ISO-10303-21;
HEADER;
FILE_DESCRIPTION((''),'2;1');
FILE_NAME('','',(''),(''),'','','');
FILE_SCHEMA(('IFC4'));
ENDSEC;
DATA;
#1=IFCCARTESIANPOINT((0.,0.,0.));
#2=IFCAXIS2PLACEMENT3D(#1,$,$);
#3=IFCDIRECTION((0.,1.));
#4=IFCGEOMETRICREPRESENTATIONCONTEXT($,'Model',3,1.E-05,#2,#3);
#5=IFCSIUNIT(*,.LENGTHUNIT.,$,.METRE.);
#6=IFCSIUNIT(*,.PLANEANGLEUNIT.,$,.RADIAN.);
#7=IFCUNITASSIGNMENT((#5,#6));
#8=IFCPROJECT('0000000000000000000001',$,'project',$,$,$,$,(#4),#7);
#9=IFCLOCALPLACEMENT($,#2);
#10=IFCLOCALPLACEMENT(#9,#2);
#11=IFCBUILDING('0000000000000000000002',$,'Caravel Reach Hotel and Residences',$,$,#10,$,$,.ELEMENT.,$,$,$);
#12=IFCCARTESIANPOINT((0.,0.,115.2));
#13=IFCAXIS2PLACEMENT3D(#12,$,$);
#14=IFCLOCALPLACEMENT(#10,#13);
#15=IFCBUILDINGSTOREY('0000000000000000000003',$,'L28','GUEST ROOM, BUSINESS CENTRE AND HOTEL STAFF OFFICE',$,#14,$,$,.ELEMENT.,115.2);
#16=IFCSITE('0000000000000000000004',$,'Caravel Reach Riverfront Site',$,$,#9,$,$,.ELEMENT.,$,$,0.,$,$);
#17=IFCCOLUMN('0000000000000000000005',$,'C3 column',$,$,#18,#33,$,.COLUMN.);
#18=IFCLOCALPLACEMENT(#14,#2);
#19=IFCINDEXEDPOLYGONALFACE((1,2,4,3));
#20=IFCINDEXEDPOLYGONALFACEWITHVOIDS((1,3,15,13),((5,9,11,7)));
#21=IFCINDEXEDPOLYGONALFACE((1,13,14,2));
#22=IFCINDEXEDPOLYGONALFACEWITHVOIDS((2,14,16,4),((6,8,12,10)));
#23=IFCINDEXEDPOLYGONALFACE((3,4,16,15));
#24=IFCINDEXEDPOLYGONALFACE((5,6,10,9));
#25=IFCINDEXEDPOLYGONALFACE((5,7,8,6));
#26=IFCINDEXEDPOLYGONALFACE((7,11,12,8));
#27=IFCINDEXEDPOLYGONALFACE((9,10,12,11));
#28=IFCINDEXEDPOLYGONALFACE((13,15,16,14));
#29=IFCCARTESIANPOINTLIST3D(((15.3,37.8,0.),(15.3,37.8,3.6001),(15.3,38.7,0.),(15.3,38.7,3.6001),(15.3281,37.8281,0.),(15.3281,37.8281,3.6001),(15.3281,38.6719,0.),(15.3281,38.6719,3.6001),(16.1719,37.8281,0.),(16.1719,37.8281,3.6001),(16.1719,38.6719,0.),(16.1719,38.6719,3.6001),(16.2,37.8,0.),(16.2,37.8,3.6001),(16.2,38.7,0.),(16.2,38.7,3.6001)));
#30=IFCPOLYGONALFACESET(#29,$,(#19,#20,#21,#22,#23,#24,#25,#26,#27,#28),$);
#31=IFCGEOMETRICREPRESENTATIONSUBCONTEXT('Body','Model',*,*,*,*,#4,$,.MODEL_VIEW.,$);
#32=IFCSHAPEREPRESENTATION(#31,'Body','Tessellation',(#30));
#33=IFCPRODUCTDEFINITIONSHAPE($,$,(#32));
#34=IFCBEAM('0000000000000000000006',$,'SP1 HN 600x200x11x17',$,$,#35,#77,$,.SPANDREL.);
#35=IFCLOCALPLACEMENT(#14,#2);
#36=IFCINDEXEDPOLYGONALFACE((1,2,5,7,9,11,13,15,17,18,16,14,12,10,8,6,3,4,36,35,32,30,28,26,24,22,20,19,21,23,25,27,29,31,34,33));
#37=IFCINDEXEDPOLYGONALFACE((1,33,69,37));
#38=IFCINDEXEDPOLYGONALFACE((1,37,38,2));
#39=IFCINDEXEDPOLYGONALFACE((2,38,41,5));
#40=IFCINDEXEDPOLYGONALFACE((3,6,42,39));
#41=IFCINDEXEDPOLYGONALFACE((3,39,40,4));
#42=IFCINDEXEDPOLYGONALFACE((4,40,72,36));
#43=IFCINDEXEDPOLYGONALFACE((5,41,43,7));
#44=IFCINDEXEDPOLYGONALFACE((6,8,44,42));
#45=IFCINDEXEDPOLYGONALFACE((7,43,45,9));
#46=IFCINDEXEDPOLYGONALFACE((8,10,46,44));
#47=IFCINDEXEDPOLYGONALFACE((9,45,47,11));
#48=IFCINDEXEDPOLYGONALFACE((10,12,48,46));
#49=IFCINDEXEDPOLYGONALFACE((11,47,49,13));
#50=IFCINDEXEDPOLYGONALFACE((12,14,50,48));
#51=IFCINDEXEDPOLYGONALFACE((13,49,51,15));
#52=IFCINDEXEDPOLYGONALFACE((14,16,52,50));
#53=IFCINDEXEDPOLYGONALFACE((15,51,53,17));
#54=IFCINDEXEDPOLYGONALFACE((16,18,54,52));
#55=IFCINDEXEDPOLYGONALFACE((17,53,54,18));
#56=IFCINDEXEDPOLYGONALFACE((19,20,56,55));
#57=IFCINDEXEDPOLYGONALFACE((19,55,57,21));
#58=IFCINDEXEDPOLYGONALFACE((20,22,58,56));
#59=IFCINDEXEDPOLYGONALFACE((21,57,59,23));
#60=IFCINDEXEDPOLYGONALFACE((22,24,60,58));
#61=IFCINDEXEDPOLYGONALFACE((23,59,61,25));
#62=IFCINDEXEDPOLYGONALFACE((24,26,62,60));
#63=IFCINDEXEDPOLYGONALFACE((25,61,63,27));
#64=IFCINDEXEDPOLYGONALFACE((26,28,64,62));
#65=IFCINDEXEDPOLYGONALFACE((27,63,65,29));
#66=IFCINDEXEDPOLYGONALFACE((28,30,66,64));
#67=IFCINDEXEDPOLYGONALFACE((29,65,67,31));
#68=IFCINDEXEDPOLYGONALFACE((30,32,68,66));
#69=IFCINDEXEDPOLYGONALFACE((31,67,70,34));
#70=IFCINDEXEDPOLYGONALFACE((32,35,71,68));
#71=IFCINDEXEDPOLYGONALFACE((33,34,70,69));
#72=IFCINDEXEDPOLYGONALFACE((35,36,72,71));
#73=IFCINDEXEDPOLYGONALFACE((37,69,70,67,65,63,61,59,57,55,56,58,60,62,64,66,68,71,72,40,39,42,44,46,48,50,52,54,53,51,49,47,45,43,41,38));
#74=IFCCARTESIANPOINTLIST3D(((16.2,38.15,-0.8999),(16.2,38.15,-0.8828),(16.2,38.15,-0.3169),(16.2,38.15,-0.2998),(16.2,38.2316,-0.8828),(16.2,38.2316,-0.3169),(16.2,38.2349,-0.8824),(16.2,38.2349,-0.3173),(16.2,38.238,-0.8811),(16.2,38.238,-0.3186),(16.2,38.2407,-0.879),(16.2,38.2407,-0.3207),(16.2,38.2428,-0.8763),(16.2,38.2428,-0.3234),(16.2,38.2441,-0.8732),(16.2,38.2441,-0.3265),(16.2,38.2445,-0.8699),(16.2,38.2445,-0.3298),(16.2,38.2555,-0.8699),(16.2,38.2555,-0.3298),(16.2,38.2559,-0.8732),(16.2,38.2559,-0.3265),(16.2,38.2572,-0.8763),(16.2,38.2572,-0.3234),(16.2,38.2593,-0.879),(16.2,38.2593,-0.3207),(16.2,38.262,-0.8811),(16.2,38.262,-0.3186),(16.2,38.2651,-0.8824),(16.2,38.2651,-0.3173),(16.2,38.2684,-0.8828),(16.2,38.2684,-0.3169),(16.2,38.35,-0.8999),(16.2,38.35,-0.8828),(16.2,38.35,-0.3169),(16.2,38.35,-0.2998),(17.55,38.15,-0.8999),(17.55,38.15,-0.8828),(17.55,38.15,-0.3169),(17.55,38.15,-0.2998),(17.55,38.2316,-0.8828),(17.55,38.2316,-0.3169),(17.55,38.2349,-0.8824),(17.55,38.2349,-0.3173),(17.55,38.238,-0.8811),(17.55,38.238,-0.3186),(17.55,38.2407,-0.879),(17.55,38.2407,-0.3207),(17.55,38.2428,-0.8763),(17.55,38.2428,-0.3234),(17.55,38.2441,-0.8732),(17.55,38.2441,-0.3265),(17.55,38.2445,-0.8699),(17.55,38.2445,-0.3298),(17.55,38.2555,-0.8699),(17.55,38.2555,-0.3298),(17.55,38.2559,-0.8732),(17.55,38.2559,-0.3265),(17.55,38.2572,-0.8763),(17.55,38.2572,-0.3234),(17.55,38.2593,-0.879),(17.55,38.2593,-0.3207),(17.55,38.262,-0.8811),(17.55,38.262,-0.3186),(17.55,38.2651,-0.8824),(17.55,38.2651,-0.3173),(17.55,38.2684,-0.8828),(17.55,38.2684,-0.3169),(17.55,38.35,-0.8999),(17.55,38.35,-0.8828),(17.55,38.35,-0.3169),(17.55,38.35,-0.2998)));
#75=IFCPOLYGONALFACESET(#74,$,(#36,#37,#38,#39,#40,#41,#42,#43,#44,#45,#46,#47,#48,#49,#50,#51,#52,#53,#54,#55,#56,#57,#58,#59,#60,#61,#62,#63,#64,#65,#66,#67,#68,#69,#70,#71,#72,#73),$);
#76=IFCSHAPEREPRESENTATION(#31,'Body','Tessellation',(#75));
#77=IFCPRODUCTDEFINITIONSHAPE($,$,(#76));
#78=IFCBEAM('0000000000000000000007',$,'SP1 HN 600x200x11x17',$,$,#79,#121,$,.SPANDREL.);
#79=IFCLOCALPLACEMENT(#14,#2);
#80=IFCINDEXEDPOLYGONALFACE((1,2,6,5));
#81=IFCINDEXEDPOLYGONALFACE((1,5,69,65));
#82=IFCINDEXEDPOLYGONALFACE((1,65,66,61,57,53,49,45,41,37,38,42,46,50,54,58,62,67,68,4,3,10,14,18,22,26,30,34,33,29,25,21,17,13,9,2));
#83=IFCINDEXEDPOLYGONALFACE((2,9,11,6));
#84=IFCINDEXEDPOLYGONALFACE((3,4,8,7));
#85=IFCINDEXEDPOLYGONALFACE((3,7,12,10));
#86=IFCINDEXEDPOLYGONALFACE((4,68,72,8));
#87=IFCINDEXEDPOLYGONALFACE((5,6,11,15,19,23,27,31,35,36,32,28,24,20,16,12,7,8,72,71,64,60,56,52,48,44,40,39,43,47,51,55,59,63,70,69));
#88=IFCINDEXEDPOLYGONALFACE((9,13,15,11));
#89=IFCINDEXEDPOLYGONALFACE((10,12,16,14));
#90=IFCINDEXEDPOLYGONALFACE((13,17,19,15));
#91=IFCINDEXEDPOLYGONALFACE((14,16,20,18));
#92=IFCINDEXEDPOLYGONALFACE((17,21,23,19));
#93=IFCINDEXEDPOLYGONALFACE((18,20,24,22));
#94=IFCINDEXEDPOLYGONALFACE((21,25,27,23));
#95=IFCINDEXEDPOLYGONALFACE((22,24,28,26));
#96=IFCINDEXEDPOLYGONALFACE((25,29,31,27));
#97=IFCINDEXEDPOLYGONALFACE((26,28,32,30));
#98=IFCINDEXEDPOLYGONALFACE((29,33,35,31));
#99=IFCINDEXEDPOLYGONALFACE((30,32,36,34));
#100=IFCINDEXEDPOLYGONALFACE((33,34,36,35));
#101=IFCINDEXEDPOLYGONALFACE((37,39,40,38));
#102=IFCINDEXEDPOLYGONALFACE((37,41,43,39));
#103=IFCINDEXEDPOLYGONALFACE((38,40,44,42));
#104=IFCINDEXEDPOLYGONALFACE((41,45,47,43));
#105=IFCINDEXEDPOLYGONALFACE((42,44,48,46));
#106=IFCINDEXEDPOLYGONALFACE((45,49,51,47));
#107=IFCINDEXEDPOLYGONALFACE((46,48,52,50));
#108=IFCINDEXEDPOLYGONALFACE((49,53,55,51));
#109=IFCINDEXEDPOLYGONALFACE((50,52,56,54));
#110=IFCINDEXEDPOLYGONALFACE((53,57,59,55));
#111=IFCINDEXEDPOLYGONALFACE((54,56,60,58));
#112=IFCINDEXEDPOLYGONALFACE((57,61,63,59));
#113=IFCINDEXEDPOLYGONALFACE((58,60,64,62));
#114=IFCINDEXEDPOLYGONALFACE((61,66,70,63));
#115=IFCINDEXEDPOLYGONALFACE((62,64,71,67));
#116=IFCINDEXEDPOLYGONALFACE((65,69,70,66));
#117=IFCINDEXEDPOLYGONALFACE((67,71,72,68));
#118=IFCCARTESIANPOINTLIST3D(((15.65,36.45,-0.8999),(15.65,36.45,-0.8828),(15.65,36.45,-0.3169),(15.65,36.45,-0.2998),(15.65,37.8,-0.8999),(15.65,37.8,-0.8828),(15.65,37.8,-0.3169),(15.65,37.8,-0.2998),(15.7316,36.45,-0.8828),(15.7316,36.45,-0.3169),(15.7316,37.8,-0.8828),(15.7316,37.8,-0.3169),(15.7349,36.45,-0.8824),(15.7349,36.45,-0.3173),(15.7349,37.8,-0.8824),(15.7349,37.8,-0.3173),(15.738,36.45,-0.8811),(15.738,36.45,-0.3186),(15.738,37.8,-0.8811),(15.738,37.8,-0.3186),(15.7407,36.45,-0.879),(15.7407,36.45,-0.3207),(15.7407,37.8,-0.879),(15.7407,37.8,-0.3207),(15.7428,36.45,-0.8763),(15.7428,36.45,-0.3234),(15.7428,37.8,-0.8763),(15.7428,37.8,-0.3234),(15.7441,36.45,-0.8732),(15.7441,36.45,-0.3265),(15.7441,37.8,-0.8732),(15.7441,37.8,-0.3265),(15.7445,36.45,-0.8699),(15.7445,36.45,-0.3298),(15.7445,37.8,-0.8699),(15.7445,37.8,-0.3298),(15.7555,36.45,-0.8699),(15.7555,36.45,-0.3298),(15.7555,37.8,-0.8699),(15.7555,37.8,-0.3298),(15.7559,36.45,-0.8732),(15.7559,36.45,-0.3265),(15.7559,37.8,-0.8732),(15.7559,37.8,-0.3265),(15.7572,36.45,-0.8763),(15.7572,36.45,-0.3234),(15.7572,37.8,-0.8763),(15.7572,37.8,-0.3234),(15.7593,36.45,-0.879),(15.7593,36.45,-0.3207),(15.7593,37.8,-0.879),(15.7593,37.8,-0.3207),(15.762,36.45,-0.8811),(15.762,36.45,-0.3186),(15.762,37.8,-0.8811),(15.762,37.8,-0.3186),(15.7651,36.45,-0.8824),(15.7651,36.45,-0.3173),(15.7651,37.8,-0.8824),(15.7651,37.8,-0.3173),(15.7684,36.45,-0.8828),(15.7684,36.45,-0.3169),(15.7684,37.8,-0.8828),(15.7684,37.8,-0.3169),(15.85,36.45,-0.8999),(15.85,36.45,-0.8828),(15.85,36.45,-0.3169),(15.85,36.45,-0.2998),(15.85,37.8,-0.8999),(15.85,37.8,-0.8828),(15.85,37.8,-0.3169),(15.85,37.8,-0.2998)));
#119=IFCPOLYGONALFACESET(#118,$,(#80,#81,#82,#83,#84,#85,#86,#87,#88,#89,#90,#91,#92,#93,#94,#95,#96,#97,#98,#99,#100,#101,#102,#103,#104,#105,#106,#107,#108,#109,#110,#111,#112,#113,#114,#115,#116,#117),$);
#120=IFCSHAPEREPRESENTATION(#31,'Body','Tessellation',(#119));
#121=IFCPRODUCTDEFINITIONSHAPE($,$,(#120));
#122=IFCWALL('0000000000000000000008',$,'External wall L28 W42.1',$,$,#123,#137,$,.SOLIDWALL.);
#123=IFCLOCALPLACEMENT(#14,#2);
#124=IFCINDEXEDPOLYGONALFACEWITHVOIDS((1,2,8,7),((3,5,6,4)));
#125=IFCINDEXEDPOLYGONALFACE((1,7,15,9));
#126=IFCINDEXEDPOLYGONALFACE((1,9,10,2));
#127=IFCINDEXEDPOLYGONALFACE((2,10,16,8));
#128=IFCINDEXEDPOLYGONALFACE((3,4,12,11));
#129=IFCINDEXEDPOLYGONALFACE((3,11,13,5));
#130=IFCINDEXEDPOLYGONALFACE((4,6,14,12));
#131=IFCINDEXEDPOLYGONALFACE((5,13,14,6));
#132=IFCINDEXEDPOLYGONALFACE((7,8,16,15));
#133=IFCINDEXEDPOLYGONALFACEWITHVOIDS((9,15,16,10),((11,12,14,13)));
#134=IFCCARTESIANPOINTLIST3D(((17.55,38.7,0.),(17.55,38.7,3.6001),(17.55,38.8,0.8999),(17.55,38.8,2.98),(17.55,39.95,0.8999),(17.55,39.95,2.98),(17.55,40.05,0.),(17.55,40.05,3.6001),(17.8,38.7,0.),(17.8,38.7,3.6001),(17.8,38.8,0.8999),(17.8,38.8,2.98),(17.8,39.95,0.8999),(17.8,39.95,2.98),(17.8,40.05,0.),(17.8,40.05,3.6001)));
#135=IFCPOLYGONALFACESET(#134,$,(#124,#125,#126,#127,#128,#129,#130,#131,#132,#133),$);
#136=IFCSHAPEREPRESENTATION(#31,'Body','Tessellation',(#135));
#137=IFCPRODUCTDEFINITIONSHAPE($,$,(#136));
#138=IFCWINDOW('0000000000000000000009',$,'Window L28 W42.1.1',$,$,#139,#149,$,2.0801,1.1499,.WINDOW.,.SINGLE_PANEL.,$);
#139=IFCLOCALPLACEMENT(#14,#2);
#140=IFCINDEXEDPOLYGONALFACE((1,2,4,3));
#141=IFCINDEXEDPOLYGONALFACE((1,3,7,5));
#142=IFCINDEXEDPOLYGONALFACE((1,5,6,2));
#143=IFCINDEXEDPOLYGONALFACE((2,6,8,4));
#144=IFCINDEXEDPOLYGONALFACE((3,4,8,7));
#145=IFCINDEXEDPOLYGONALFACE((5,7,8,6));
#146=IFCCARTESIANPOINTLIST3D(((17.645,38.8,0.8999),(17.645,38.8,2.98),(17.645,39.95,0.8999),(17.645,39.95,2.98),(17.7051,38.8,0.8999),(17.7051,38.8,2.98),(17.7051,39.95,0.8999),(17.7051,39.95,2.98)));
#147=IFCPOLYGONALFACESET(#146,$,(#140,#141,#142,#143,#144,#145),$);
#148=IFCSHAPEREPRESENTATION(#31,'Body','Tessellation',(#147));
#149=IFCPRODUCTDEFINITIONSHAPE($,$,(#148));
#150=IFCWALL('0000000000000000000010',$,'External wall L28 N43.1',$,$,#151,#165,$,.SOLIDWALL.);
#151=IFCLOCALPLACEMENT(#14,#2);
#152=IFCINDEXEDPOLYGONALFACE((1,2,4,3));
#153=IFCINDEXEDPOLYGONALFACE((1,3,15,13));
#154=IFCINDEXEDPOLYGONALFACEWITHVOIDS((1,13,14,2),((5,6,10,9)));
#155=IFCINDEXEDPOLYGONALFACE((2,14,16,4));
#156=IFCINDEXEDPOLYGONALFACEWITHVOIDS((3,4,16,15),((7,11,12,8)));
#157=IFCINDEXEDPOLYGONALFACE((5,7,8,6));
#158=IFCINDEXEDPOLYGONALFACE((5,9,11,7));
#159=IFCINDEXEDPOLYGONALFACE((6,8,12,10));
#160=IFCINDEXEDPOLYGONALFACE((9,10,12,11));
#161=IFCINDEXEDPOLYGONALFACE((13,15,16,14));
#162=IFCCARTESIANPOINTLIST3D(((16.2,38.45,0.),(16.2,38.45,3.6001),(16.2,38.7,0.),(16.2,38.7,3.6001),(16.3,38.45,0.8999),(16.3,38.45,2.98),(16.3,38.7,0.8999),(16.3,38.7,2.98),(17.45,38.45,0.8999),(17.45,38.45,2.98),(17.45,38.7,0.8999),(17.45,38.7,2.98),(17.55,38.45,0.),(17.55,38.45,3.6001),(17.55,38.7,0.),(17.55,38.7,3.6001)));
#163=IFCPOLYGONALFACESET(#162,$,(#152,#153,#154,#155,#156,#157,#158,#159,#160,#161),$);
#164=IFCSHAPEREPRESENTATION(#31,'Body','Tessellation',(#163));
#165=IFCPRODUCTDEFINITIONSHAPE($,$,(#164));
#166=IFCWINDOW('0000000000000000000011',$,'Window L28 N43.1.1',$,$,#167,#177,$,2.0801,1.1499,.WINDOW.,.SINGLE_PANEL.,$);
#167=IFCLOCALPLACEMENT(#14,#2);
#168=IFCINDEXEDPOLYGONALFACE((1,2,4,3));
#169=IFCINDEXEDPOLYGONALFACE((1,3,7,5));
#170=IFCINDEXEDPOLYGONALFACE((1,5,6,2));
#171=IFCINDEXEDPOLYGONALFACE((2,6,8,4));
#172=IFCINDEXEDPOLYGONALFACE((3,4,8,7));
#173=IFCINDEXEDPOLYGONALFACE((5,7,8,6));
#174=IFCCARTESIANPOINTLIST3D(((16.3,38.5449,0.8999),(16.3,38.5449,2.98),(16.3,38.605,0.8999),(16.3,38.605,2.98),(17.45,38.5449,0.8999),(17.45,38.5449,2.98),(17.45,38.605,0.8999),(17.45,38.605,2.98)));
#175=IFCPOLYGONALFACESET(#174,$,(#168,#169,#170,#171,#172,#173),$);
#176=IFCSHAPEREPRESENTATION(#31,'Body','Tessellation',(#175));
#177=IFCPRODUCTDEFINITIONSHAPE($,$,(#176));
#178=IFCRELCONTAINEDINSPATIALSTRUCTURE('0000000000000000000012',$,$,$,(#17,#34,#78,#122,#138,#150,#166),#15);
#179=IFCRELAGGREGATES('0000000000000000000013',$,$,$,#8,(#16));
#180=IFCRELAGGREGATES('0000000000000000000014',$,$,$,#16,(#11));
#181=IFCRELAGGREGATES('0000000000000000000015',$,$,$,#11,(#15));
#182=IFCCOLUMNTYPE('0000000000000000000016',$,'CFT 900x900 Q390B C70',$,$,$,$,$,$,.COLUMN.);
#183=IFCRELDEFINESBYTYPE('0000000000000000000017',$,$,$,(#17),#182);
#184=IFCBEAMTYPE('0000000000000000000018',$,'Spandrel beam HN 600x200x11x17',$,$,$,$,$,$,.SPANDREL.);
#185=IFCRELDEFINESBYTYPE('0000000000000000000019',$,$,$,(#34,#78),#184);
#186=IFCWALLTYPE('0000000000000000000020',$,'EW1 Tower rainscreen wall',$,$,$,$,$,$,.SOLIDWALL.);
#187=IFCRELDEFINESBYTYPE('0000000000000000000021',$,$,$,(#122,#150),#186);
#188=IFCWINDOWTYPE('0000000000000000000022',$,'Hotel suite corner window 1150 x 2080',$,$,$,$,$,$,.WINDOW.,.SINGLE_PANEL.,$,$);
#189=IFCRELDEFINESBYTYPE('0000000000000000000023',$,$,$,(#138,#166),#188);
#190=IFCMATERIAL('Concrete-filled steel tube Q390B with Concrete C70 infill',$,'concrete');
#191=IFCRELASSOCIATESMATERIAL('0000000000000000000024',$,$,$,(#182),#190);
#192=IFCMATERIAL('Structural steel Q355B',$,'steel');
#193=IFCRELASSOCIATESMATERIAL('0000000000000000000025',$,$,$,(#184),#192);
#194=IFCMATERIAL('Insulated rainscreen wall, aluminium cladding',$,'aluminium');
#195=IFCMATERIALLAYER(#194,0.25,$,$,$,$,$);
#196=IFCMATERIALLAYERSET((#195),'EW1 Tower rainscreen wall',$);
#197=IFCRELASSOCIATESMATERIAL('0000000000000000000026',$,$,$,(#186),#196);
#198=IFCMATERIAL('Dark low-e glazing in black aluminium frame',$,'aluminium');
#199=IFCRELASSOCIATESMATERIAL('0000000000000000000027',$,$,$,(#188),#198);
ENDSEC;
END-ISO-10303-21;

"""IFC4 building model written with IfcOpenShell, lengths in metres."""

from ifc_helpers import new_model, si_unit, direction, frame, frame_2d, origin, origin_2d, place, context, subcontext, project, spatial, rectangle, hollow_rectangle, i_section, extrude, material, layer, layer_set, material_profile, profile_set, type_object, element, fill, save


model = new_model("IFC4")

# Units and contexts
model_context = context("Model", 3, precision=1e-05, world=origin(), true_north=direction((0.0, 1.0)))
body_context = subcontext(model_context, "Body", "Model", "MODEL_VIEW")
ifc_project = project(units=[si_unit("LENGTHUNIT", "METRE"), si_unit("PLANEANGLEUNIT", "RADIAN")], contexts=[model_context])

# Site, building, storey
site_placement = place(None, origin())
site = spatial("IfcSite", under=ifc_project, at=site_placement, Name="Caravel Reach Riverfront Site", CompositionType="ELEMENT", RefElevation=0.0)
building_placement = place(site_placement, origin())
building = spatial("IfcBuilding", under=site, at=building_placement, Name="Caravel Reach Hotel and Residences", CompositionType="ELEMENT")
storey_placement = place(building_placement, frame((0.0, 0.0, 115.2)))
storey = spatial("IfcBuildingStorey", under=building, at=storey_placement, Name="L28", Description="GUEST ROOM, BUSINESS CENTRE AND HOTEL STAFF OFFICE", CompositionType="ELEMENT", Elevation=115.2)

# Column
ifc_material_1 = material(Name="Concrete-filled steel tube Q390B with Concrete C70 infill", Category="concrete")
ifc_material_profile_1 = material_profile(ifc_material_1, hollow_rectangle(XDim=0.8999, YDim=0.8999, WallThickness=0.0281, at=origin_2d()), Name="RHS 900x900x28")
ifc_profile_set_1 = profile_set([ifc_material_profile_1], Name="Concrete-filled steel tube Q390B with Concrete C70 infill")
column_type = type_object("IfcColumnType", Name="CFT 900x900 Q390B C70", PredefinedType="COLUMN", material=ifc_profile_set_1)
column_placement = place(storey_placement, frame((15.75, 38.25, 0.0), z_axis=(0.0, 0.0, 1.0), x_axis=(1.0, 0.0, 0.0)))
element("IfcColumn", 1, at=column_placement, inside=storey, type_object=column_type, Name="C3 column", PredefinedType="COLUMN", context=body_context, shape_type="SweptSolid", body=[
    extrude(hollow_rectangle(XDim=0.8999, YDim=0.8999, WallThickness=0.0281, at=origin_2d()), origin(), (0.0, 0.0, 1.0), 3.6001),
])

# Beams
ifc_material_2 = material(Name="Structural steel Q355B", Category="steel")
ifc_material_profile_2 = material_profile(ifc_material_2, i_section(OverallWidth=0.2, OverallDepth=0.6001, WebThickness=0.011, FlangeThickness=0.0171, FilletRadius=0.0129, at=origin_2d()), Name="HN 600x200x11x17")
ifc_profile_set_2 = profile_set([ifc_material_profile_2], Name="Structural steel Q355B")
beam_type = type_object("IfcBeamType", Name="Spandrel beam HN 600x200x11x17", PredefinedType="SPANDREL", material=ifc_profile_set_2)
for number, where, z_axis, x_axis, name in (
    (2, (17.55, 38.25, -0.5999), (-1.0, 0.0, 0.0), (0.0, -1.0, 0.0), "SP1 HN 600x200x11x17"),
    (3, (15.75, 37.8, -0.5999), (0.0, -1.0, 0.0), (1.0, 0.0, 0.0), "SP1 HN 600x200x11x17"),
):
    element("IfcBeam", number, at=place(storey_placement, frame(where, z_axis=z_axis, x_axis=x_axis)), inside=storey, type_object=beam_type, Name=name, PredefinedType="SPANDREL", context=body_context, shape_type="SweptSolid", body=[
        extrude(i_section(OverallWidth=0.2, OverallDepth=0.6001, WebThickness=0.011, FlangeThickness=0.0171, FilletRadius=0.0129, at=origin_2d()), origin(), (0.0, 0.0, 1.0), 1.3501),
    ])

# Walls, openings, windows
ifc_material_3 = material(Name="Insulated rainscreen wall, aluminium cladding", Category="aluminium")
ifc_layer = layer(ifc_material_3, 0.25)
ifc_layer_set = layer_set([ifc_layer], Name="EW1 Tower rainscreen wall")
wall_type = type_object("IfcWallType", Name="EW1 Tower rainscreen wall", PredefinedType="SOLIDWALL", material=ifc_layer_set)
wall_1_placement = place(storey_placement, frame((17.675, 40.05, 0.0), z_axis=(0.0, 0.0, 1.0), x_axis=(0.0, -1.0, 0.0)))
wall_1 = element("IfcWall", 4, at=wall_1_placement, inside=storey, type_object=wall_type, Name="External wall L28 W42.1", PredefinedType="SOLIDWALL", context=body_context, shape_type="SweptSolid", body=[
    extrude(rectangle(XDim=1.3501, YDim=0.25, at=frame_2d((0.675, 0.0))), origin(), (0.0, 0.0, 1.0), 3.6001),
])
opening_1_placement = place(wall_1_placement, frame((0.1001, 0.0, 0.8999)))
opening_1 = element("IfcOpeningElement", 5, at=opening_1_placement, cuts=wall_1, PredefinedType="OPENING", context=body_context, shape_type="SweptSolid", body=[
    extrude(rectangle(XDim=1.1499, YDim=2.0801, at=frame_2d((0.575, 1.04))), frame((0.0, 0.135, 0.0), z_axis=(0.0, -1.0, 0.0), x_axis=(1.0, 0.0, 0.0)), (0.0, 0.0, 1.0), 0.27),
])
ifc_material_4 = material(Name="Dark low-e glazing in black aluminium frame", Category="aluminium")
window_type_1 = type_object("IfcWindowType", Name="Hotel suite corner window 1150 x 2080", PartitioningType="SINGLE_PANEL", PredefinedType="WINDOW", material=ifc_material_4)
window_1_placement = place(opening_1_placement, origin())
window_1 = element("IfcWindow", 6, at=window_1_placement, inside=storey, type_object=window_type_1, Name="Window L28 W42.1.1", OverallHeight=2.0801, OverallWidth=1.1499, PartitioningType="SINGLE_PANEL", PredefinedType="WINDOW", context=body_context, shape_type="SweptSolid", body=[
    extrude(rectangle(XDim=1.1499, YDim=2.0801, at=frame_2d((0.575, 1.04))), frame((0.0, 0.03, 0.0), z_axis=(0.0, -1.0, 0.0), x_axis=(1.0, 0.0, 0.0)), (0.0, 0.0, 1.0), 0.0601),
])
fill(opening_1, window_1)
wall_2_placement = place(storey_placement, frame((17.55, 38.575, 0.0), z_axis=(0.0, 0.0, 1.0), x_axis=(-1.0, 0.0, 0.0)))
wall_2 = element("IfcWall", 7, at=wall_2_placement, inside=storey, type_object=wall_type, Name="External wall L28 N43.1", PredefinedType="SOLIDWALL", context=body_context, shape_type="SweptSolid", body=[
    extrude(rectangle(XDim=1.3501, YDim=0.25, at=frame_2d((0.675, 0.0))), origin(), (0.0, 0.0, 1.0), 3.6001),
])
opening_2_placement = place(wall_2_placement, frame((0.1001, 0.0, 0.8999)))
opening_2 = element("IfcOpeningElement", 8, at=opening_2_placement, cuts=wall_2, PredefinedType="OPENING", context=body_context, shape_type="SweptSolid", body=[
    extrude(rectangle(XDim=1.1499, YDim=2.0801, at=frame_2d((0.575, 1.04))), frame((0.0, 0.135, 0.0), z_axis=(0.0, -1.0, 0.0), x_axis=(1.0, 0.0, 0.0)), (0.0, 0.0, 1.0), 0.27),
])
window_2_placement = place(opening_2_placement, origin())
window_2 = element("IfcWindow", 9, at=window_2_placement, inside=storey, type_object=window_type_1, Name="Window L28 N43.1.1", OverallHeight=2.0801, OverallWidth=1.1499, PartitioningType="SINGLE_PANEL", PredefinedType="WINDOW", context=body_context, shape_type="SweptSolid", body=[
    extrude(rectangle(XDim=1.1499, YDim=2.0801, at=frame_2d((0.575, 1.04))), frame((0.0, 0.03, 0.0), z_axis=(0.0, -1.0, 0.0), x_axis=(1.0, 0.0, 0.0)), (0.0, 0.0, 1.0), 0.0601),
])
fill(opening_2, window_2)

save(model, "model.ifc")
